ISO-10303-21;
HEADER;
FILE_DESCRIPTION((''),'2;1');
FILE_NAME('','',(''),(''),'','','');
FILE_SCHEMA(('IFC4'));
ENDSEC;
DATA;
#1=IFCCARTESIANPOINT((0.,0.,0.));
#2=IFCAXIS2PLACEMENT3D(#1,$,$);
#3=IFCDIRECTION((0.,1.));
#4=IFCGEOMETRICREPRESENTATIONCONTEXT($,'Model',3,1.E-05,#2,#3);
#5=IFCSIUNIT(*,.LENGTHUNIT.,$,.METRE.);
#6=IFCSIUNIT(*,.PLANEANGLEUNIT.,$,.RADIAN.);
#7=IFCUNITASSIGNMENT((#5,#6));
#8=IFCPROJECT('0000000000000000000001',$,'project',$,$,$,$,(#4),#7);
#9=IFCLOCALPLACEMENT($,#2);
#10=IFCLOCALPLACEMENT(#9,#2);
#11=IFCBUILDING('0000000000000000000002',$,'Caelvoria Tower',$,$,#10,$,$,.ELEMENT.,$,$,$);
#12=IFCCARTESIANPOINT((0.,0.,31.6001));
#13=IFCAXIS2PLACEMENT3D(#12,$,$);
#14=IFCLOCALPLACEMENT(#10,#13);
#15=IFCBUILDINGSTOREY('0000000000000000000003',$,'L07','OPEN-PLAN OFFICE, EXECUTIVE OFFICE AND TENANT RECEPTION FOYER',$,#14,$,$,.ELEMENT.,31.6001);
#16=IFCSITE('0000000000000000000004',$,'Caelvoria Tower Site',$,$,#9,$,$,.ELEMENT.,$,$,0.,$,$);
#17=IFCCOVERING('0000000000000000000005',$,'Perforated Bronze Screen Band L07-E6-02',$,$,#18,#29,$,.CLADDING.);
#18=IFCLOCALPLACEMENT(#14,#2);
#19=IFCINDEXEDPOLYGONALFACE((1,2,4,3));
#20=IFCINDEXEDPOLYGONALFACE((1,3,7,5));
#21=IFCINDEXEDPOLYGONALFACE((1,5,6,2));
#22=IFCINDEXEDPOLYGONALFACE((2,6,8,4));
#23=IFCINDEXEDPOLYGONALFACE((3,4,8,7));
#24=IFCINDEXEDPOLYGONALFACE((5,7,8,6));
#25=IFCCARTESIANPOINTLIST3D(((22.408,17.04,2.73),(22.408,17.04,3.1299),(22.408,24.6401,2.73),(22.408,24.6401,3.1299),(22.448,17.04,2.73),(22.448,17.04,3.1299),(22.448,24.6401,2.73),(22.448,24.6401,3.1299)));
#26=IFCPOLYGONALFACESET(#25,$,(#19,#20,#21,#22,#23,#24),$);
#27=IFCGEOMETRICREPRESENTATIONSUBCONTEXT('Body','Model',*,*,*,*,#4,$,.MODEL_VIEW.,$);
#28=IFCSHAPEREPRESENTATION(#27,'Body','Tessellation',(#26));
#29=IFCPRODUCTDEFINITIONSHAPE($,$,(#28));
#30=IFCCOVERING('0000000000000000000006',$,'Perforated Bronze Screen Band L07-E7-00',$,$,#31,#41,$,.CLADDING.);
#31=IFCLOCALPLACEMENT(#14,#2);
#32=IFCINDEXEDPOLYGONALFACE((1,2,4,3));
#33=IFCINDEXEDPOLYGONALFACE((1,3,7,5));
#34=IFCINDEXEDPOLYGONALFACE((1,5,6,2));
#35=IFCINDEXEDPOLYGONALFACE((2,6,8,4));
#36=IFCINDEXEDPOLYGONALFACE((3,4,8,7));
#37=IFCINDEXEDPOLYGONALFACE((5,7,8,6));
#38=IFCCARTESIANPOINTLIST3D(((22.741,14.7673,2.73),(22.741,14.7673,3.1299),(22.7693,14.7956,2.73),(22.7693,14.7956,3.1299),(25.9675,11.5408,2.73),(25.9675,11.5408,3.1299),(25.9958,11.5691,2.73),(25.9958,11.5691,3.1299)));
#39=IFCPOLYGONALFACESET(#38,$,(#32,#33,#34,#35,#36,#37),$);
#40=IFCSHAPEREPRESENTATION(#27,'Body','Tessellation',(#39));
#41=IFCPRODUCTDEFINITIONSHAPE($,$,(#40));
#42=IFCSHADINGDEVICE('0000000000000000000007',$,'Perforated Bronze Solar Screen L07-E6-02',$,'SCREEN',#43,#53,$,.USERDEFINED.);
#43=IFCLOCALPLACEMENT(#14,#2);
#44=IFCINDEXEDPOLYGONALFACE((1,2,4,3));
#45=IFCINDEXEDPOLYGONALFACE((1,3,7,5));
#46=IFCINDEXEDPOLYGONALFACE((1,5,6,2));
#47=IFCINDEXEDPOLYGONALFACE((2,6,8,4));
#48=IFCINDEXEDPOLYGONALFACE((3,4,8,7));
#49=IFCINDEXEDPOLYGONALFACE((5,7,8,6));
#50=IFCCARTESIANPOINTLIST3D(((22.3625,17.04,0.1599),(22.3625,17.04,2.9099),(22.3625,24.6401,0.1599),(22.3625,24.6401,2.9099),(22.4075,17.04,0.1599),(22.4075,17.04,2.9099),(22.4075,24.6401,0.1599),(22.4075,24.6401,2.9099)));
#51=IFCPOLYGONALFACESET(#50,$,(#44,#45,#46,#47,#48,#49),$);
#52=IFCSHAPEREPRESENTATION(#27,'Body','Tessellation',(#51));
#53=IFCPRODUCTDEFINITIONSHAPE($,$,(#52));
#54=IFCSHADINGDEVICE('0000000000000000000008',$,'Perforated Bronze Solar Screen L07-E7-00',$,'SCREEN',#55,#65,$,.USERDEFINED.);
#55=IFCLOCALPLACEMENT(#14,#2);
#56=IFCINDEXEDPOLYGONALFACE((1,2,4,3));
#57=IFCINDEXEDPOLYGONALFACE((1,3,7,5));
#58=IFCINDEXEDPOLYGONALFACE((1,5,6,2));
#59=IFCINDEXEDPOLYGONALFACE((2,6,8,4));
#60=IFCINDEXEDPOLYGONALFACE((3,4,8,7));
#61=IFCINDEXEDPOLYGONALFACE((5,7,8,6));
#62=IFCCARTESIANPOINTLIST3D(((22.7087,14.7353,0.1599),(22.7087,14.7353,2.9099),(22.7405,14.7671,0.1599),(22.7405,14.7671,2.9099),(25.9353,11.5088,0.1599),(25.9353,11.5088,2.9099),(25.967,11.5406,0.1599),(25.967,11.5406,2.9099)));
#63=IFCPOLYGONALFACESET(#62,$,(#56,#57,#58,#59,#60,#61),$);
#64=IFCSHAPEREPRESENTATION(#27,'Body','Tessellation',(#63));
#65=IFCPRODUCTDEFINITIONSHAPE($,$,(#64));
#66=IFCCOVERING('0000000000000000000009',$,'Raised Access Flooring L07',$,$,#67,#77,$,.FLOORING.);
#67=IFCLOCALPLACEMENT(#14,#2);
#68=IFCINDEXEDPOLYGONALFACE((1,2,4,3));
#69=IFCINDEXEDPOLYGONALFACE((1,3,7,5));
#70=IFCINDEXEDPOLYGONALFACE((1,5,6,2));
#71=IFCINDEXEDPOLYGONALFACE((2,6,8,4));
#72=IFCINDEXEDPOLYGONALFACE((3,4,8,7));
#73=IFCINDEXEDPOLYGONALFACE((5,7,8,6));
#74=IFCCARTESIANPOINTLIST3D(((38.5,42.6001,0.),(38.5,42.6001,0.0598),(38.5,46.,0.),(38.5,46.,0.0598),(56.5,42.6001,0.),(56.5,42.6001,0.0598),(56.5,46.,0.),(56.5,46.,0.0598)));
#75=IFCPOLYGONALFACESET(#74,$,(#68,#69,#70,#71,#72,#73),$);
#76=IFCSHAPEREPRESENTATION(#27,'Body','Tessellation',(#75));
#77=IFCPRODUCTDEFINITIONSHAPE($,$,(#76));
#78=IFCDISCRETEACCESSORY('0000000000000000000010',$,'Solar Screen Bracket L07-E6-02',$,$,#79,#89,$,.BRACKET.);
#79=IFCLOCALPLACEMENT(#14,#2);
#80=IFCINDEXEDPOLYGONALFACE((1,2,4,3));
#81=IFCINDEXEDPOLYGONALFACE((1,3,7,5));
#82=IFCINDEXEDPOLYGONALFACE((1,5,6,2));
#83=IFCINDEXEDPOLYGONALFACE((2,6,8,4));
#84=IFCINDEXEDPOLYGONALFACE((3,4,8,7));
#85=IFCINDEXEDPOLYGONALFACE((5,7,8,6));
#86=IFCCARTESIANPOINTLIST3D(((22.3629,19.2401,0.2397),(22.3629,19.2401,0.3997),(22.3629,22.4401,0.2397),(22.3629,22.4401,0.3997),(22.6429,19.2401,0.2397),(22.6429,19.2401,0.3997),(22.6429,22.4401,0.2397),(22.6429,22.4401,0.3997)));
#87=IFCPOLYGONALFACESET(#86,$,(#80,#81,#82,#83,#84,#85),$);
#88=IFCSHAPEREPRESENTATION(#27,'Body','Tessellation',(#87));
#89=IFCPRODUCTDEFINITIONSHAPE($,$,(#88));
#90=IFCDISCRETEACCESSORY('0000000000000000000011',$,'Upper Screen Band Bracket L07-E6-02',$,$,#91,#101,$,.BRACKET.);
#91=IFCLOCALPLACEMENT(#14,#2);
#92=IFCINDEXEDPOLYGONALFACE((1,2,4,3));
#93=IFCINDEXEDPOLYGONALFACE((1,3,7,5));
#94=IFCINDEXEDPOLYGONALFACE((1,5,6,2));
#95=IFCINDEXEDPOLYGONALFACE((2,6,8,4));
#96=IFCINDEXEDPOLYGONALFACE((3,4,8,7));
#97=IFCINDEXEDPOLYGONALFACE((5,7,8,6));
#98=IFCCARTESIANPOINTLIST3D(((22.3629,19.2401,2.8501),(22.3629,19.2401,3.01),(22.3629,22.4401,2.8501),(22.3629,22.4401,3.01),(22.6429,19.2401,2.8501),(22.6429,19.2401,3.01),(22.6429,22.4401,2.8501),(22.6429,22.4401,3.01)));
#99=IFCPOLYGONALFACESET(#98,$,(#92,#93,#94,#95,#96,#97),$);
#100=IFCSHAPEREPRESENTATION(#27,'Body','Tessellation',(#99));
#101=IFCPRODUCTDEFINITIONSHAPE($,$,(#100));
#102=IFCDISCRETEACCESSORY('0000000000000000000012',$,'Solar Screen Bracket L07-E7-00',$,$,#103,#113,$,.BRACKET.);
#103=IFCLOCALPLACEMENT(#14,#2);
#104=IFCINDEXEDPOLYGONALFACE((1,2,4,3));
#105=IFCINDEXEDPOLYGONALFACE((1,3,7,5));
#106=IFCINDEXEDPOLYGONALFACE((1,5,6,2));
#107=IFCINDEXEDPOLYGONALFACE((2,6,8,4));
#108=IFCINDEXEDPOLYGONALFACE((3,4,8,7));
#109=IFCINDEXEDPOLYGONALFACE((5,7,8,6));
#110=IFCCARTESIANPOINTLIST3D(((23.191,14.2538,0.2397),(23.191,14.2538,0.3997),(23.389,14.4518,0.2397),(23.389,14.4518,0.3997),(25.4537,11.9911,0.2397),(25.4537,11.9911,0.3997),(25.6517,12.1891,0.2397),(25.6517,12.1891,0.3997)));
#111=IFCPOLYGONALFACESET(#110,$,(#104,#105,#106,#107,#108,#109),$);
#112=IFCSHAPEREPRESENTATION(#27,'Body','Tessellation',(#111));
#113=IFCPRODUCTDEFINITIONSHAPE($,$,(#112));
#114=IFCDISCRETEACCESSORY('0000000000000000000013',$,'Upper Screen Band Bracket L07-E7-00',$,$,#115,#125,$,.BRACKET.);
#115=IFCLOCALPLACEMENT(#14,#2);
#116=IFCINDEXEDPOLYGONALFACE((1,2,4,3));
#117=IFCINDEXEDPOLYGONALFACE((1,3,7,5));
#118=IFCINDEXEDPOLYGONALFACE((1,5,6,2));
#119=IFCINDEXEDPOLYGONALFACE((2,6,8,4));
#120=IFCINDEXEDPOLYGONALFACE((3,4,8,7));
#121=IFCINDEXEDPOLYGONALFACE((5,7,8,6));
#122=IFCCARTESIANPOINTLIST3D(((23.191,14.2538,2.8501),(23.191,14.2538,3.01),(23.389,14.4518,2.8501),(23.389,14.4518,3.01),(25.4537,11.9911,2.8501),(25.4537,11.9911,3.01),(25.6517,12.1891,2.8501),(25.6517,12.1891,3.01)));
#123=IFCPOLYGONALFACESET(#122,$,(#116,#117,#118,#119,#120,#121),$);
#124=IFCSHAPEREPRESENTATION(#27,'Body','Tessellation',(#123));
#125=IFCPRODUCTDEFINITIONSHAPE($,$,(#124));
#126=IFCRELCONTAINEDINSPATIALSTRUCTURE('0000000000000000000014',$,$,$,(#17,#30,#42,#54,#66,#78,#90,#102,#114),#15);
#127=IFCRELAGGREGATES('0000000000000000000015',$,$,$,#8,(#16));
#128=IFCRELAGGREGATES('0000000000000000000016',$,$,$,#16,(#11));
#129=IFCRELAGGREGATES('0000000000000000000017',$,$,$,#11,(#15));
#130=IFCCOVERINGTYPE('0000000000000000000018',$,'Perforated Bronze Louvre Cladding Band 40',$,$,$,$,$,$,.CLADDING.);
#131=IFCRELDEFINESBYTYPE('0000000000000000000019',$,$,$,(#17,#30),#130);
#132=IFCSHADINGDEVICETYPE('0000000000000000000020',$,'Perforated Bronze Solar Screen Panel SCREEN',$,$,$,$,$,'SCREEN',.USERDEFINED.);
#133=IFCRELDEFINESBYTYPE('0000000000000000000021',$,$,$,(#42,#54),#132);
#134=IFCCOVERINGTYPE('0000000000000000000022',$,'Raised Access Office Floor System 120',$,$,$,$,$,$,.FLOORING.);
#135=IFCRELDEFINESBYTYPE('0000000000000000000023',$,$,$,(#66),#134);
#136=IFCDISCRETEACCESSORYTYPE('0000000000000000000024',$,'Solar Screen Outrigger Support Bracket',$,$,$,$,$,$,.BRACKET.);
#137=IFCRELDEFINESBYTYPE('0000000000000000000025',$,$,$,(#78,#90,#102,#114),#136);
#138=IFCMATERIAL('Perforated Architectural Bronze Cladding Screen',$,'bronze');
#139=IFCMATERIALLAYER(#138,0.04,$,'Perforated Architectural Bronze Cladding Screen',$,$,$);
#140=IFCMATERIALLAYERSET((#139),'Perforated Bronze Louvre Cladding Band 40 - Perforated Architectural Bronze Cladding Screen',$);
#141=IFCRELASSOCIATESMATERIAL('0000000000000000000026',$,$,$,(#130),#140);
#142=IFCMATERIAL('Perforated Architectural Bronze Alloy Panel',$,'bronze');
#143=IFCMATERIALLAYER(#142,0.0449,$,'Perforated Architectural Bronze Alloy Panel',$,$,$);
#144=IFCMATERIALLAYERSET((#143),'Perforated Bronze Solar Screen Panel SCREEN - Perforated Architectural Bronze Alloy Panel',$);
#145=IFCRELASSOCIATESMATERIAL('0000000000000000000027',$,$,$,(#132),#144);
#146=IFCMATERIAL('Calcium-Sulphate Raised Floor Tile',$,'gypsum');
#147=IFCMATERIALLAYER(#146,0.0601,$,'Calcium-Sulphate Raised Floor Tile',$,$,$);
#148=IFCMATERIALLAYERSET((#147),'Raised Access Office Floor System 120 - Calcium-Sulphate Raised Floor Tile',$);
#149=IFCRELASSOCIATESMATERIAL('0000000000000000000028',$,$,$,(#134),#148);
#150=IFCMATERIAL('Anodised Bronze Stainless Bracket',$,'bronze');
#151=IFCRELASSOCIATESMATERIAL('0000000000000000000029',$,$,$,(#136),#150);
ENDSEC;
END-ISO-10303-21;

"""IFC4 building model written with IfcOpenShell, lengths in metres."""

from ifc_helpers import new_model, si_unit, direction, frame, origin, origin_2d, place, context, subcontext, project, spatial, polyline, rectangle, outline, extrude, material, layer, layer_set, type_object, element, save


model = new_model("IFC4")

# Units and contexts
model_context = context("Model", 3, precision=1e-05, world=origin(), true_north=direction((0.0, 1.0)))
body_context = subcontext(model_context, "Body", "Model", "MODEL_VIEW")
ifc_project = project(units=[si_unit("LENGTHUNIT", "METRE"), si_unit("PLANEANGLEUNIT", "RADIAN")], contexts=[model_context])

# Site, building, storey
site_placement = place(None, origin())
site = spatial("IfcSite", under=ifc_project, at=site_placement, Name="Caelvoria Tower Site", CompositionType="ELEMENT", RefElevation=0.0)
building_placement = place(site_placement, origin())
building = spatial("IfcBuilding", under=site, at=building_placement, Name="Caelvoria Tower", CompositionType="ELEMENT")
storey_placement = place(building_placement, frame((0.0, 0.0, 31.6001)))
storey = spatial("IfcBuildingStorey", under=building, at=storey_placement, Name="L07", Description="OPEN-PLAN OFFICE, EXECUTIVE OFFICE AND TENANT RECEPTION FOYER", CompositionType="ELEMENT", Elevation=31.6001)

# Coverings
ifc_material_1 = material(Name="Perforated Architectural Bronze Cladding Screen", Category="bronze")
ifc_layer_1 = layer(ifc_material_1, 0.04, Name="Perforated Architectural Bronze Cladding Screen")
ifc_layer_set_1 = layer_set([ifc_layer_1], Name="Perforated Bronze Louvre Cladding Band 40 - Perforated Architectural Bronze Cladding Screen")
covering_type_1 = type_object("IfcCoveringType", Name="Perforated Bronze Louvre Cladding Band 40", PredefinedType="CLADDING", material=ifc_layer_set_1)
covering_1_placement = place(storey_placement, frame((22.428, 20.8401, 2.73), z_axis=(0.0, 0.0, 1.0), x_axis=(0.0, -1.0, 0.0)))
element("IfcCovering", 1, at=covering_1_placement, inside=storey, type_object=covering_type_1, Name="Perforated Bronze Screen Band L07-E6-02", PredefinedType="CLADDING", context=body_context, shape_type="SweptSolid", body=[
    extrude(rectangle(XDim=7.6001, YDim=0.04, at=origin_2d()), origin(), (0.0, 0.0, 1.0), 0.3999),
])
covering_2_placement = place(storey_placement, frame((24.3684, 13.1682, 2.73), z_axis=(0.0, 0.0, 1.0), x_axis=(0.707107, -0.707107, 0.0)))
element("IfcCovering", 2, at=covering_2_placement, inside=storey, type_object=covering_type_1, Name="Perforated Bronze Screen Band L07-E7-00", PredefinedType="CLADDING", context=body_context, shape_type="SweptSolid", body=[
    extrude(rectangle(XDim=4.563, YDim=0.04, at=origin_2d()), origin(), (0.0, 0.0, 1.0), 0.3999),
])

# Shading devices
ifc_material_2 = material(Name="Perforated Architectural Bronze Alloy Panel", Category="bronze")
ifc_layer_2 = layer(ifc_material_2, 0.0449, Name="Perforated Architectural Bronze Alloy Panel")
ifc_layer_set_2 = layer_set([ifc_layer_2], Name="Perforated Bronze Solar Screen Panel SCREEN - Perforated Architectural Bronze Alloy Panel")
shading_device_type = type_object("IfcShadingDeviceType", Name="Perforated Bronze Solar Screen Panel SCREEN", ElementType="SCREEN", PredefinedType="USERDEFINED", material=ifc_layer_set_2)
shading_device_1_placement = place(storey_placement, frame((22.385, 20.8401, 0.1599), z_axis=(0.0, 0.0, 1.0), x_axis=(0.0, -1.0, 0.0)))
element("IfcShadingDevice", 3, at=shading_device_1_placement, inside=storey, type_object=shading_device_type, Name="Perforated Bronze Solar Screen L07-E6-02", ObjectType="SCREEN", PredefinedType="USERDEFINED", context=body_context, shape_type="SweptSolid", body=[
    extrude(rectangle(XDim=7.6001, YDim=0.0449, at=origin_2d()), origin(), (0.0, 0.0, 1.0), 2.75),
])
shading_device_2_placement = place(storey_placement, frame((24.3379, 13.1379, 0.1599), z_axis=(0.0, 0.0, 1.0), x_axis=(0.707107, -0.707107, 0.0)))
element("IfcShadingDevice", 4, at=shading_device_2_placement, inside=storey, type_object=shading_device_type, Name="Perforated Bronze Solar Screen L07-E7-00", ObjectType="SCREEN", PredefinedType="USERDEFINED", context=body_context, shape_type="SweptSolid", body=[
    extrude(rectangle(XDim=4.563, YDim=0.0449, at=origin_2d()), origin(), (0.0, 0.0, 1.0), 2.75),
])

# Covering
ifc_material_3 = material(Name="Calcium-Sulphate Raised Floor Tile", Category="gypsum")
ifc_layer_3 = layer(ifc_material_3, 0.0601, Name="Calcium-Sulphate Raised Floor Tile")
ifc_layer_set_3 = layer_set([ifc_layer_3], Name="Raised Access Office Floor System 120 - Calcium-Sulphate Raised Floor Tile")
covering_type_2 = type_object("IfcCoveringType", Name="Raised Access Office Floor System 120", PredefinedType="FLOORING", material=ifc_layer_set_3)
covering_3_placement = place(storey_placement, origin())
element("IfcCovering", 5, at=covering_3_placement, inside=storey, type_object=covering_type_2, Name="Raised Access Flooring L07", PredefinedType="FLOORING", context=body_context, shape_type="SweptSolid", body=[
    extrude(outline(polyline([(38.5, 42.6001), (56.5, 42.6001), (56.5, 46.0), (38.5, 46.0), (38.5, 42.6001)])), origin(), (0.0, 0.0, 1.0), 0.0598),
])

# Discrete accessories
ifc_material_4 = material(Name="Anodised Bronze Stainless Bracket", Category="bronze")
discrete_accessory_type = type_object("IfcDiscreteAccessoryType", Name="Solar Screen Outrigger Support Bracket", PredefinedType="BRACKET", material=ifc_material_4)
for number, where, z_axis, x_axis, name in (
    (6, (22.5029, 20.8401, 0.2397), (0.0, 0.0, 1.0), (0.0, -1.0, 0.0), "Solar Screen Bracket L07-E6-02"),
    (7, (22.5029, 20.8401, 2.8501), (0.0, 0.0, 1.0), (0.0, -1.0, 0.0), "Upper Screen Band Bracket L07-E6-02"),
    (8, (24.4214, 13.2214, 0.2397), (0.0, 0.0, 1.0), (0.707107, -0.707107, 0.0), "Solar Screen Bracket L07-E7-00"),
    (9, (24.4214, 13.2214, 2.8501), (0.0, 0.0, 1.0), (0.707107, -0.707107, 0.0), "Upper Screen Band Bracket L07-E7-00"),
):
    element("IfcDiscreteAccessory", number, at=place(storey_placement, frame(where, z_axis=z_axis, x_axis=x_axis)), inside=storey, type_object=discrete_accessory_type, Name=name, PredefinedType="BRACKET", context=body_context, shape_type="SweptSolid", body=[
        extrude(rectangle(XDim=3.2, YDim=0.28, at=origin_2d()), origin(), (0.0, 0.0, 1.0), 0.1599),
    ])

save(model, "model.ifc")
